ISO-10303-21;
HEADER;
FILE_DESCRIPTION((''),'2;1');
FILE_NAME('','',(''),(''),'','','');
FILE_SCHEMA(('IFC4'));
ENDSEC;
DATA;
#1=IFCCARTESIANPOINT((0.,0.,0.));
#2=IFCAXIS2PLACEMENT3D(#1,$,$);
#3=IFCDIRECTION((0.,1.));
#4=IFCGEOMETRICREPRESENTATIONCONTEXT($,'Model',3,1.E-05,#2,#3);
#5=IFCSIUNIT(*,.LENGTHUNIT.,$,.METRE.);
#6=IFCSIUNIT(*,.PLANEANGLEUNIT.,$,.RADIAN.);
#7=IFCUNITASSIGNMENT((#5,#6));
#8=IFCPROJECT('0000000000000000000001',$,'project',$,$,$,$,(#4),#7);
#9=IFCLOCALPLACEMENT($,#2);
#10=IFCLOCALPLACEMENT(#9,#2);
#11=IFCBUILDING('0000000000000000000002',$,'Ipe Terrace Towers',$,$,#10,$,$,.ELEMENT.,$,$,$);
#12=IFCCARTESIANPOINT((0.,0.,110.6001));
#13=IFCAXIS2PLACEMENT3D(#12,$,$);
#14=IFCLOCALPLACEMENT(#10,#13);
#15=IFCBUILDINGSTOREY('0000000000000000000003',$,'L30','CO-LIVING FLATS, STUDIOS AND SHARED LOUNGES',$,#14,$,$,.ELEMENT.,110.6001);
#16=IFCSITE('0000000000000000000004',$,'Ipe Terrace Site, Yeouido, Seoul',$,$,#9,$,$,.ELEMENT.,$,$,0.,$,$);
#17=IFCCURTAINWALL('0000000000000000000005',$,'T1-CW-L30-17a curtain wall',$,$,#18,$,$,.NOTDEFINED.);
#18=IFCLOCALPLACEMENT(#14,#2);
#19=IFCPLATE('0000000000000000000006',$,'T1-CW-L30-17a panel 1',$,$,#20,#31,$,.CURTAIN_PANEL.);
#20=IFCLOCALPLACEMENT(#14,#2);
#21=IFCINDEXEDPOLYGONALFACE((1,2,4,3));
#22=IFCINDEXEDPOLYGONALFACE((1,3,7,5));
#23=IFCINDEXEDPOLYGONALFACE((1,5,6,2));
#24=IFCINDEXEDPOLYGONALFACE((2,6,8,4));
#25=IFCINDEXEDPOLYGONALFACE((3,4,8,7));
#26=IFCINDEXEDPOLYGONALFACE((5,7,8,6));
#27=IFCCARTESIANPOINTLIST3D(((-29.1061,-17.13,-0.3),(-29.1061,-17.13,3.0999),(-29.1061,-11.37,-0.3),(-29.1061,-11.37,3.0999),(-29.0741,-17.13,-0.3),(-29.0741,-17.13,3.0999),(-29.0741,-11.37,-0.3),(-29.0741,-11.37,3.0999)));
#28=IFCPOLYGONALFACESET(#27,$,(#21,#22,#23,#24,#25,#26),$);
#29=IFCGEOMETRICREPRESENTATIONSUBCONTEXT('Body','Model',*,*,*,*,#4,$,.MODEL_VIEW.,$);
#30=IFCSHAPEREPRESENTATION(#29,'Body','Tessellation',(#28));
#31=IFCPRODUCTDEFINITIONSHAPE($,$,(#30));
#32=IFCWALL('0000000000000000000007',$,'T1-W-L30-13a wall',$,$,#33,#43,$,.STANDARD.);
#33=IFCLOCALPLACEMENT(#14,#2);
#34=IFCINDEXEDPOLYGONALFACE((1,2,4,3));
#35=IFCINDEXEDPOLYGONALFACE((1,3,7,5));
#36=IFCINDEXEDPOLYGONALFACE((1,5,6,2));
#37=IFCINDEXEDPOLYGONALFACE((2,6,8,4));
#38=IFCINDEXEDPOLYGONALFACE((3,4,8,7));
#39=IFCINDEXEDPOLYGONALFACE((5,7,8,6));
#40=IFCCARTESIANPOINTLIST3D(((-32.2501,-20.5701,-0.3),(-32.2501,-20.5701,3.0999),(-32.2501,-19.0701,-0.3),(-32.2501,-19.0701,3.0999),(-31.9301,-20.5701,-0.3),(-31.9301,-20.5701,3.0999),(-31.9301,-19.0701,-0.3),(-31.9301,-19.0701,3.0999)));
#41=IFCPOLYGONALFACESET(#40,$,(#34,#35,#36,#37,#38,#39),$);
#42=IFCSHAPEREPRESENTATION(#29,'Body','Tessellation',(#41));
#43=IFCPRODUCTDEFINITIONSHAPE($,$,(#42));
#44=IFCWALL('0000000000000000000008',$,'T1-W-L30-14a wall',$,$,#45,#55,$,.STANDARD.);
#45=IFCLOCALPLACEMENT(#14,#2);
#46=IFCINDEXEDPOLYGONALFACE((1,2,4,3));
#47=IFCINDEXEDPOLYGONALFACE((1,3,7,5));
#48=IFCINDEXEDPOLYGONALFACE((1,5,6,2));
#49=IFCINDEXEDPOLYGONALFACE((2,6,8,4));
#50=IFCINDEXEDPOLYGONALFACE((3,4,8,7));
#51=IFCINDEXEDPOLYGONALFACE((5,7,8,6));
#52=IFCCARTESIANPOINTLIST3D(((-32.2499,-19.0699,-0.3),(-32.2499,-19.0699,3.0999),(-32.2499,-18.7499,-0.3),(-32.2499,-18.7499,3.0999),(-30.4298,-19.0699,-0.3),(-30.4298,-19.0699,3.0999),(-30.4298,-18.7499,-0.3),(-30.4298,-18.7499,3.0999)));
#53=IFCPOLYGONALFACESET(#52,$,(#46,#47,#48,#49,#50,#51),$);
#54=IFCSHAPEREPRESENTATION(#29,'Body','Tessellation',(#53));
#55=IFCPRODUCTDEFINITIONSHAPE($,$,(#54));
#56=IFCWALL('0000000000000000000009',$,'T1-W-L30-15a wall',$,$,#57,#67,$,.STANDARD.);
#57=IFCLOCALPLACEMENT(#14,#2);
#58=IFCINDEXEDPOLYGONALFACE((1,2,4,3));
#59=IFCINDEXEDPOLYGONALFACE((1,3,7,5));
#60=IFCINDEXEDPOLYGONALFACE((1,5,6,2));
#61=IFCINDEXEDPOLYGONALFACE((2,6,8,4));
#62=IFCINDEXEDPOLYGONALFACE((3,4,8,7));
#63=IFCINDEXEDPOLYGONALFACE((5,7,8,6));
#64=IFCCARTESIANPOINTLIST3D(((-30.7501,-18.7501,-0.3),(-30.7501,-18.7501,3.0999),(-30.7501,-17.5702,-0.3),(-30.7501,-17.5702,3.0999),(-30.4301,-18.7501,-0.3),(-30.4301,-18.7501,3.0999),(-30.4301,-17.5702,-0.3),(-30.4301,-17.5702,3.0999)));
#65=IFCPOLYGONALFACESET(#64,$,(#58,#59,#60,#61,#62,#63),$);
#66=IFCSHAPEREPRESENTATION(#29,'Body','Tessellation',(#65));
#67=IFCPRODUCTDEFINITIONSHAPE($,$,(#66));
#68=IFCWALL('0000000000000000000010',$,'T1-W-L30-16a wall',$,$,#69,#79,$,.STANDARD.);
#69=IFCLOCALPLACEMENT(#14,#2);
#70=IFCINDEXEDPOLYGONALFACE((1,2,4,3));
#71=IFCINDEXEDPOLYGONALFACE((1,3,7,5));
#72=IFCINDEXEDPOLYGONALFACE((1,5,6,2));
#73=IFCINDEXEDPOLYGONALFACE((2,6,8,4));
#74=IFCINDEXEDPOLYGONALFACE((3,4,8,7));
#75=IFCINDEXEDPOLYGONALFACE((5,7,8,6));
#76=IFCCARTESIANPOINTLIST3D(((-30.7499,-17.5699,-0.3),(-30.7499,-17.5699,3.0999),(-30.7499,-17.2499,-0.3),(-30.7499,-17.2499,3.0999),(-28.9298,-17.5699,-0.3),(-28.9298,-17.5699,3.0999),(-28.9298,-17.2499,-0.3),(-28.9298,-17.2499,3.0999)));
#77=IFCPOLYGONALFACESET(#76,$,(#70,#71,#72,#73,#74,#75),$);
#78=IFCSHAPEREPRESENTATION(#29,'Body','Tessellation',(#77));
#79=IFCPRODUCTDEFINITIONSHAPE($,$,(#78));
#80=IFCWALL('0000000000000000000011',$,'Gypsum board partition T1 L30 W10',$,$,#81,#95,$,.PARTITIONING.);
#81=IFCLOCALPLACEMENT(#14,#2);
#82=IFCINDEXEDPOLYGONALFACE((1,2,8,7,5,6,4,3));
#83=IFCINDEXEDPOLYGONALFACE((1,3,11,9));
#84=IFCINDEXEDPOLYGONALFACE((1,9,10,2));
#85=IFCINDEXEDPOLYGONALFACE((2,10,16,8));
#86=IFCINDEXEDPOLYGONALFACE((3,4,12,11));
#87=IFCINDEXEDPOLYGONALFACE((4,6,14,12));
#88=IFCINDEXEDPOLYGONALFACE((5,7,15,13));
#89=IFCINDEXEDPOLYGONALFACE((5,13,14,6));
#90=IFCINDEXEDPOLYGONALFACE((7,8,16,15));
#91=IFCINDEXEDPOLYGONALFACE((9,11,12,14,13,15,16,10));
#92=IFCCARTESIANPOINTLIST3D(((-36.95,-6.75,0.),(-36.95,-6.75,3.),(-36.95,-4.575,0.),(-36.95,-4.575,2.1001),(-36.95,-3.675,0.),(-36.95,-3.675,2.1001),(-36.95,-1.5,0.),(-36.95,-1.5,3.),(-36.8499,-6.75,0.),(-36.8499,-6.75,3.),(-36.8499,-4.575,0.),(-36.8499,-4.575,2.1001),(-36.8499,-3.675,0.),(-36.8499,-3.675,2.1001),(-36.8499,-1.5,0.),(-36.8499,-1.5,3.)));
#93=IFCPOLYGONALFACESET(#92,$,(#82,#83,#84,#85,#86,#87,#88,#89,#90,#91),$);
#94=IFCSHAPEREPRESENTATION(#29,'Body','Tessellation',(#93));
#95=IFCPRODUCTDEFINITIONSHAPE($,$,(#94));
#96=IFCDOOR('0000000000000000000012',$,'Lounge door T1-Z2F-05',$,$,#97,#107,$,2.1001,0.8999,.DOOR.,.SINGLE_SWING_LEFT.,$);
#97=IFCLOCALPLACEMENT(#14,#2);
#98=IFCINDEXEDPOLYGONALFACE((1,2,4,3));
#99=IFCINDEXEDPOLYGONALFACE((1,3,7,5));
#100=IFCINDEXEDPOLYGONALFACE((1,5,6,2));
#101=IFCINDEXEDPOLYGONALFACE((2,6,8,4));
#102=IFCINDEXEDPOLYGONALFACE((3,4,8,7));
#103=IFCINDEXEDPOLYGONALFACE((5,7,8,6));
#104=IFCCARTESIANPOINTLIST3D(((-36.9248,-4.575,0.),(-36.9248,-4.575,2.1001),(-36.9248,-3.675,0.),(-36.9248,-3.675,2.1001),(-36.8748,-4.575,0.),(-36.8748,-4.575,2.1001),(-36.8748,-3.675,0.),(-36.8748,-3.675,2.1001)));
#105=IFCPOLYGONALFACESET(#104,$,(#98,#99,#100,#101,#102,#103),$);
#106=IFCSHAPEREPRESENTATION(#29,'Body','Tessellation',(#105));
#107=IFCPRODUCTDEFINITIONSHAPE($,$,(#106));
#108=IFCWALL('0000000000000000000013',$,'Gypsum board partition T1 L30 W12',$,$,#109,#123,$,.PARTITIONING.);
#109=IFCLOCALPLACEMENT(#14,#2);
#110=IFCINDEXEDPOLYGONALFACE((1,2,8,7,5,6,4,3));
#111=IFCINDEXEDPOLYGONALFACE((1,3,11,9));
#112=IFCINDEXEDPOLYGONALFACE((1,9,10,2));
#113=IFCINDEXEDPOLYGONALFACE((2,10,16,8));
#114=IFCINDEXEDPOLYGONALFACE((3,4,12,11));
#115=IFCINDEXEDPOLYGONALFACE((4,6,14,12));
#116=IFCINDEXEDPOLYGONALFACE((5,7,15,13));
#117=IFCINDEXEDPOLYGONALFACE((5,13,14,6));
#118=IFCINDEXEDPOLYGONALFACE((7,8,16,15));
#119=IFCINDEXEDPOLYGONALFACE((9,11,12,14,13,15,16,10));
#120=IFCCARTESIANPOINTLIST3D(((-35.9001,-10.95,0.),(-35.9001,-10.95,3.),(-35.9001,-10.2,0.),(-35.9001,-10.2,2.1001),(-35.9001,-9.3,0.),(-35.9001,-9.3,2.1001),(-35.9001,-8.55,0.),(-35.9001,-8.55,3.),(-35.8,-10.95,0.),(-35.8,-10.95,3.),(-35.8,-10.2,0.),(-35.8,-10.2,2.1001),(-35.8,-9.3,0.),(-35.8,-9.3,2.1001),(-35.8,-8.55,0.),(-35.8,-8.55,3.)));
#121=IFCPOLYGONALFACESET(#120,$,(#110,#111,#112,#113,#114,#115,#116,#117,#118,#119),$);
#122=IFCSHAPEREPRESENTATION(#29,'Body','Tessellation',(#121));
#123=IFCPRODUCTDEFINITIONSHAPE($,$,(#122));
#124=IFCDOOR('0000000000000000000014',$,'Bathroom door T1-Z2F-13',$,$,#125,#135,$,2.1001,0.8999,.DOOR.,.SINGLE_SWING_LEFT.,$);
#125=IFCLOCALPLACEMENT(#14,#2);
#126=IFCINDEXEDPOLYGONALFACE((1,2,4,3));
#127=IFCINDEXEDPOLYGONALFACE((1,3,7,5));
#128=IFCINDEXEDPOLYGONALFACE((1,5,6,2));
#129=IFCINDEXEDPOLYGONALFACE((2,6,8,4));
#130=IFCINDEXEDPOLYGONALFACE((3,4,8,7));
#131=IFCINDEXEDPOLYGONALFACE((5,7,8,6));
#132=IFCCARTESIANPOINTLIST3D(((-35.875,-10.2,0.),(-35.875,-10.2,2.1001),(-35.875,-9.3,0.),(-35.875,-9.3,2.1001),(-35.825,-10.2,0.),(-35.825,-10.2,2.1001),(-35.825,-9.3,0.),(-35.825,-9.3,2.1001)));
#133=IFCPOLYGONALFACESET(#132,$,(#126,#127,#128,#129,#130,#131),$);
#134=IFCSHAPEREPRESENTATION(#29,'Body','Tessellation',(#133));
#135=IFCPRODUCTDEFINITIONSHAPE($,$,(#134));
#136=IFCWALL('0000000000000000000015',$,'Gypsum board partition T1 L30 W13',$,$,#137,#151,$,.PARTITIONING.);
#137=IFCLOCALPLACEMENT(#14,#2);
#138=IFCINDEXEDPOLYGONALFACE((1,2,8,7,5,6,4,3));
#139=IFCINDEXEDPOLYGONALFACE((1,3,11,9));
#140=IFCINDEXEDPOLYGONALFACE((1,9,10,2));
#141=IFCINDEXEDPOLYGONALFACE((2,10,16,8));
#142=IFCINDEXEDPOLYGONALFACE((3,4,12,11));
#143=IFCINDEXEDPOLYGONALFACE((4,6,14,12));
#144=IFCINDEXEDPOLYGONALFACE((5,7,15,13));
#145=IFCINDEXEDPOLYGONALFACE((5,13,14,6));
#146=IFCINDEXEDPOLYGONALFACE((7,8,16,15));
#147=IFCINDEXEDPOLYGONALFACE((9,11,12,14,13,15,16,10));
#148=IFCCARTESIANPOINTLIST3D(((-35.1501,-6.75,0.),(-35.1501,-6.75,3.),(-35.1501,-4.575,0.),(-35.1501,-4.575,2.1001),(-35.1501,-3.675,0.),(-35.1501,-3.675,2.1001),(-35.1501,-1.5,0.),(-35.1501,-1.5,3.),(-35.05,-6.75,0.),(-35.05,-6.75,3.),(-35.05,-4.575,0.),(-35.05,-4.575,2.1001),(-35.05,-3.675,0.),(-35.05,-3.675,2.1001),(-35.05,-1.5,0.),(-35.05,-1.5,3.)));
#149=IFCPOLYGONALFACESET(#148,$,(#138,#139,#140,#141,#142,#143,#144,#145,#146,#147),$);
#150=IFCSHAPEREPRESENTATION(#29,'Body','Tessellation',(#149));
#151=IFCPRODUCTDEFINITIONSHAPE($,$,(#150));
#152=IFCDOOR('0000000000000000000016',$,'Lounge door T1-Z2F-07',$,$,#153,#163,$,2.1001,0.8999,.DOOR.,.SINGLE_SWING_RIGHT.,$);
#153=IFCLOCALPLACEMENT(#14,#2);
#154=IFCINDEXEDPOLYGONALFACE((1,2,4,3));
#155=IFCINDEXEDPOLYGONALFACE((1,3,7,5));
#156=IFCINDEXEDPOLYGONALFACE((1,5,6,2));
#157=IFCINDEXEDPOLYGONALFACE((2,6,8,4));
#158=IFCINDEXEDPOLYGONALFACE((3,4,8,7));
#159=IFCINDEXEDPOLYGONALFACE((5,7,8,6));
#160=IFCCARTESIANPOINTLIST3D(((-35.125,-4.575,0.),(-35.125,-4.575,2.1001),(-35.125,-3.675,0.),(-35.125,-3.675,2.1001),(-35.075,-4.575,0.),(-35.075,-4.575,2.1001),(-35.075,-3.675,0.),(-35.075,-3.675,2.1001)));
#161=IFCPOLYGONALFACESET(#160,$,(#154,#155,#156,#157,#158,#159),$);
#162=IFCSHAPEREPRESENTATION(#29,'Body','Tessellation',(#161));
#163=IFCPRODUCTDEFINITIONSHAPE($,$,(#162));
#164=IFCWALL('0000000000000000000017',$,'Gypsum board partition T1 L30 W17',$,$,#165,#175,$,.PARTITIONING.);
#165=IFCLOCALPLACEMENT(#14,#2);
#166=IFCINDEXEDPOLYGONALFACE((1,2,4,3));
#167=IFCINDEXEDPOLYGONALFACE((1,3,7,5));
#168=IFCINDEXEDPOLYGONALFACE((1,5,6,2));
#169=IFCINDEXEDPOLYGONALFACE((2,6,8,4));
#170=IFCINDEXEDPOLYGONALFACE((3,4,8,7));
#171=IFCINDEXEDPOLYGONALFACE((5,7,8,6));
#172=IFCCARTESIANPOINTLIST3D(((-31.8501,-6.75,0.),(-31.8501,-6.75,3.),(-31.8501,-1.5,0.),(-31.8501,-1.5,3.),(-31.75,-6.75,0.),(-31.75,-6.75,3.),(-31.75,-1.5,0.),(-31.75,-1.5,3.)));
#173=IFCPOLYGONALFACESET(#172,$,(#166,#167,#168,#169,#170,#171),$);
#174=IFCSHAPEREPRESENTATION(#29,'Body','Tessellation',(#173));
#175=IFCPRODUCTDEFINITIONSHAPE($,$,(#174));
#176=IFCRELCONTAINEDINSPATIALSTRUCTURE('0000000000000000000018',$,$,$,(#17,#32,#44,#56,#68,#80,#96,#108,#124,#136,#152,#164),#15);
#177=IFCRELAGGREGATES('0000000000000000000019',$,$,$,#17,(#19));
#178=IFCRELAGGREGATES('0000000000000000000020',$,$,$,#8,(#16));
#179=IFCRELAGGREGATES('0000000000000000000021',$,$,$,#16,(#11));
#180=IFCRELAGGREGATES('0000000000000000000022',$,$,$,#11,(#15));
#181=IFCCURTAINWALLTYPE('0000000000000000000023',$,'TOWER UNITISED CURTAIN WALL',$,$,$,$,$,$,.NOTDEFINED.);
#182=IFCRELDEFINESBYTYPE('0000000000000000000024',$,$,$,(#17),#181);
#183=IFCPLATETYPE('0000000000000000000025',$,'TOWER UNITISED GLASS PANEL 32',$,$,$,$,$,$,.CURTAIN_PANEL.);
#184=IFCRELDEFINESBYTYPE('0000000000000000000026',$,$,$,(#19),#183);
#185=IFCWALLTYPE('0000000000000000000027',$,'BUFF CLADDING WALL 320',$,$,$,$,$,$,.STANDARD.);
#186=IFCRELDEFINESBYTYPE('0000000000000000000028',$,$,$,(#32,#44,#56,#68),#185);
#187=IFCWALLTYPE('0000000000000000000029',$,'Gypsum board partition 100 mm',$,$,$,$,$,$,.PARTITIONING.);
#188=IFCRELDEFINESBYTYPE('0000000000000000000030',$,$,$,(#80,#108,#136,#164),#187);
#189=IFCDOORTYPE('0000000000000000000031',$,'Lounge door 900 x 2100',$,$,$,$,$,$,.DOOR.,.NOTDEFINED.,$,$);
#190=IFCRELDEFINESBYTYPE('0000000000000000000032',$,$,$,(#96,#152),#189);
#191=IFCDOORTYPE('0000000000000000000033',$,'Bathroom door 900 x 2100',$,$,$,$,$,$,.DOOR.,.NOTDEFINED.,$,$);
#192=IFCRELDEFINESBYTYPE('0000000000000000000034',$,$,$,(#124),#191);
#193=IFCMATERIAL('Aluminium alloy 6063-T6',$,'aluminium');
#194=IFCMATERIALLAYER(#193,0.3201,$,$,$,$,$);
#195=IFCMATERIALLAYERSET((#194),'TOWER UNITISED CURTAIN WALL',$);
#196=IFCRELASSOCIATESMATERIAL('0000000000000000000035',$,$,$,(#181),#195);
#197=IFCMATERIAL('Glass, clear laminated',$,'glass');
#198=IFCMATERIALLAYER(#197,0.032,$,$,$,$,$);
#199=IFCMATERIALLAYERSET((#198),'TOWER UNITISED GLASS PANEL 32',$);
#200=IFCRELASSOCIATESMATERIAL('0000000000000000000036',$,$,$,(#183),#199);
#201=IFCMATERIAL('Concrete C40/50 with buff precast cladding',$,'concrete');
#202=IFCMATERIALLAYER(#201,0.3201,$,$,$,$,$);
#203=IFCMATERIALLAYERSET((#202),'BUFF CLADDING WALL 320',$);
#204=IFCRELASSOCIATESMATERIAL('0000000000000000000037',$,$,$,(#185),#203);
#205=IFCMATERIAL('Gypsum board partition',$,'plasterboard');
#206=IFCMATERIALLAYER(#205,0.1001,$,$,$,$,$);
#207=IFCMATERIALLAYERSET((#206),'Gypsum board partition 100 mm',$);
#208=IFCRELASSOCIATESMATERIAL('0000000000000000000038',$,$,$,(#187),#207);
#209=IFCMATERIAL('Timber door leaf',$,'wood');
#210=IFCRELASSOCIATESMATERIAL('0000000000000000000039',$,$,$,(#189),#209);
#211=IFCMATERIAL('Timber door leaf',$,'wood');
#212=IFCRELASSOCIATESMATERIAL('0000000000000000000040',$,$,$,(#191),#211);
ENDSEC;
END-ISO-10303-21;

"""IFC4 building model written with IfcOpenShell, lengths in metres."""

from ifc_helpers import new_model, si_unit, direction, frame, frame_2d, origin, origin_2d, place, context, subcontext, project, spatial, rectangle, extrude, material, layer, layer_set, type_object, element, fill, aggregate, save


model = new_model("IFC4")

# Units and contexts
model_context = context("Model", 3, precision=1e-05, world=origin(), true_north=direction((0.0, 1.0)))
body_context = subcontext(model_context, "Body", "Model", "MODEL_VIEW")
ifc_project = project(units=[si_unit("LENGTHUNIT", "METRE"), si_unit("PLANEANGLEUNIT", "RADIAN")], contexts=[model_context])

# Site, building, storey
site_placement = place(None, origin())
site = spatial("IfcSite", under=ifc_project, at=site_placement, Name="Ipe Terrace Site, Yeouido, Seoul", CompositionType="ELEMENT", RefElevation=0.0)
building_placement = place(site_placement, origin())
building = spatial("IfcBuilding", under=site, at=building_placement, Name="Ipe Terrace Towers", CompositionType="ELEMENT")
storey_placement = place(building_placement, frame((0.0, 0.0, 110.6001)))
storey = spatial("IfcBuildingStorey", under=building, at=storey_placement, Name="L30", Description="CO-LIVING FLATS, STUDIOS AND SHARED LOUNGES", CompositionType="ELEMENT", Elevation=110.6001)

# Shared definitions
ifc_material_1 = material(Name="Aluminium alloy 6063-T6", Category="aluminium")
ifc_layer_1 = layer(ifc_material_1, 0.3201)
ifc_layer_set_1 = layer_set([ifc_layer_1], Name="TOWER UNITISED CURTAIN WALL")
curtain_wall_type = type_object("IfcCurtainWallType", Name="TOWER UNITISED CURTAIN WALL", PredefinedType="NOTDEFINED", material=ifc_layer_set_1)

# Curtain wall
curtain_wall_1_placement = place(storey_placement, origin())
curtain_wall_1 = element("IfcCurtainWall", 1, at=curtain_wall_1_placement, inside=storey, type_object=curtain_wall_type, Name="T1-CW-L30-17a curtain wall", PredefinedType="NOTDEFINED")

# Plate
ifc_material_2 = material(Name="Glass, clear laminated", Category="glass")
ifc_layer_2 = layer(ifc_material_2, 0.032)
ifc_layer_set_2 = layer_set([ifc_layer_2], Name="TOWER UNITISED GLASS PANEL 32")
plate_type = type_object("IfcPlateType", Name="TOWER UNITISED GLASS PANEL 32", PredefinedType="CURTAIN_PANEL", material=ifc_layer_set_2)
plate_1_placement = place(storey_placement, frame((-29.0901, -14.25, -0.3), z_axis=(0.0, 0.0, 1.0), x_axis=(0.0, 1.0, 0.0)))
plate_1 = element("IfcPlate", 2, at=plate_1_placement, type_object=plate_type, Name="T1-CW-L30-17a panel 1", PredefinedType="CURTAIN_PANEL", context=body_context, shape_type="SweptSolid", body=[
    extrude(rectangle(XDim=5.76, YDim=0.032, at=origin_2d()), origin(), (0.0, 0.0, 1.0), 3.3999),
])
aggregate(curtain_wall_1, [plate_1])

# Walls
ifc_material_3 = material(Name="Concrete C40/50 with buff precast cladding", Category="concrete")
ifc_layer_3 = layer(ifc_material_3, 0.3201)
ifc_layer_set_3 = layer_set([ifc_layer_3], Name="BUFF CLADDING WALL 320")
wall_type_1 = type_object("IfcWallType", Name="BUFF CLADDING WALL 320", PredefinedType="STANDARD", material=ifc_layer_set_3)
wall_1_placement = place(storey_placement, frame((-32.0901, -20.5701, -0.3), z_axis=(0.0, 0.0, 1.0), x_axis=(0.0, 1.0, 0.0)))
element("IfcWall", 3, at=wall_1_placement, inside=storey, type_object=wall_type_1, Name="T1-W-L30-13a wall", PredefinedType="STANDARD", context=body_context, shape_type="SweptSolid", body=[
    extrude(rectangle(XDim=1.5, YDim=0.3201, at=frame_2d((0.75, 0.0))), origin(), (0.0, 0.0, 1.0), 3.3999),
])
wall_2_placement = place(storey_placement, frame((-32.25, -18.9099, -0.3), z_axis=(0.0, 0.0, 1.0), x_axis=(1.0, 0.0, 0.0)))
element("IfcWall", 4, at=wall_2_placement, inside=storey, type_object=wall_type_1, Name="T1-W-L30-14a wall", PredefinedType="STANDARD", context=body_context, shape_type="SweptSolid", body=[
    extrude(rectangle(XDim=1.8201, YDim=0.3201, at=frame_2d((0.9102, 0.0))), origin(), (0.0, 0.0, 1.0), 3.3999),
])
wall_3_placement = place(storey_placement, frame((-30.5901, -18.75, -0.3), z_axis=(0.0, 0.0, 1.0), x_axis=(0.0, 1.0, 0.0)))
element("IfcWall", 5, at=wall_3_placement, inside=storey, type_object=wall_type_1, Name="T1-W-L30-15a wall", PredefinedType="STANDARD", context=body_context, shape_type="SweptSolid", body=[
    extrude(rectangle(XDim=1.1799, YDim=0.3201, at=frame_2d((0.5898, 0.0))), origin(), (0.0, 0.0, 1.0), 3.3999),
])
wall_4_placement = place(storey_placement, frame((-30.75, -17.4099, -0.3), z_axis=(0.0, 0.0, 1.0), x_axis=(1.0, 0.0, 0.0)))
element("IfcWall", 6, at=wall_4_placement, inside=storey, type_object=wall_type_1, Name="T1-W-L30-16a wall", PredefinedType="STANDARD", context=body_context, shape_type="SweptSolid", body=[
    extrude(rectangle(XDim=1.8201, YDim=0.3201, at=frame_2d((0.9102, 0.0))), origin(), (0.0, 0.0, 1.0), 3.3999),
])

# Walls, openings, doors
ifc_material_4 = material(Name="Gypsum board partition", Category="plasterboard")
ifc_layer_4 = layer(ifc_material_4, 0.1001)
ifc_layer_set_4 = layer_set([ifc_layer_4], Name="Gypsum board partition 100 mm")
wall_type_2 = type_object("IfcWallType", Name="Gypsum board partition 100 mm", PredefinedType="PARTITIONING", material=ifc_layer_set_4)
wall_5_placement = place(storey_placement, frame((-36.8999, -6.75, 0.0), z_axis=(0.0, 0.0, 1.0), x_axis=(0.0, 1.0, 0.0)))
wall_5 = element("IfcWall", 7, at=wall_5_placement, inside=storey, type_object=wall_type_2, Name="Gypsum board partition T1 L30 W10", PredefinedType="PARTITIONING", context=body_context, shape_type="SweptSolid", body=[
    extrude(rectangle(XDim=5.25, YDim=0.1001, at=frame_2d((2.625, 0.0))), origin(), (0.0, 0.0, 1.0), 3.0),
])
opening_1_placement = place(wall_5_placement, frame((2.175, 0.0, 0.0)))
opening_1 = element("IfcOpeningElement", 8, at=opening_1_placement, cuts=wall_5, PredefinedType="OPENING", context=body_context, shape_type="SweptSolid", body=[
    extrude(rectangle(XDim=0.8999, YDim=2.1001, at=frame_2d((0.45, 1.05))), frame((0.0, 0.0601, 0.0), z_axis=(0.0, -1.0, 0.0), x_axis=(1.0, 0.0, 0.0)), (0.0, 0.0, 1.0), 0.1201),
])
ifc_material_5 = material(Name="Timber door leaf", Category="wood")
door_type_1 = type_object("IfcDoorType", Name="Lounge door 900 x 2100", OperationType="NOTDEFINED", PredefinedType="DOOR", material=ifc_material_5)
door_1_placement = place(opening_1_placement, origin())
door_1 = element("IfcDoor", 9, at=door_1_placement, inside=storey, type_object=door_type_1, Name="Lounge door T1-Z2F-05", OperationType="SINGLE_SWING_LEFT", OverallHeight=2.1001, OverallWidth=0.8999, PredefinedType="DOOR", context=body_context, shape_type="SweptSolid", body=[
    extrude(rectangle(XDim=0.8999, YDim=2.1001, at=frame_2d((0.45, 1.05))), frame((0.0, 0.0249, 0.0), z_axis=(0.0, -1.0, 0.0), x_axis=(1.0, 0.0, 0.0)), (0.0, 0.0, 1.0), 0.05),
])
fill(opening_1, door_1)
wall_6_placement = place(storey_placement, frame((-35.8501, -10.95, 0.0), z_axis=(0.0, 0.0, 1.0), x_axis=(0.0, 1.0, 0.0)))
wall_6 = element("IfcWall", 10, at=wall_6_placement, inside=storey, type_object=wall_type_2, Name="Gypsum board partition T1 L30 W12", PredefinedType="PARTITIONING", context=body_context, shape_type="SweptSolid", body=[
    extrude(rectangle(XDim=2.3999, YDim=0.1001, at=frame_2d((1.2, 0.0))), origin(), (0.0, 0.0, 1.0), 3.0),
])
opening_2_placement = place(wall_6_placement, frame((0.75, 0.0, 0.0)))
opening_2 = element("IfcOpeningElement", 11, at=opening_2_placement, cuts=wall_6, PredefinedType="OPENING", context=body_context, shape_type="SweptSolid", body=[
    extrude(rectangle(XDim=0.8999, YDim=2.1001, at=frame_2d((0.45, 1.05))), frame((0.0, 0.0601, 0.0), z_axis=(0.0, -1.0, 0.0), x_axis=(1.0, 0.0, 0.0)), (0.0, 0.0, 1.0), 0.1201),
])
ifc_material_6 = material(Name="Timber door leaf", Category="wood")
door_type_2 = type_object("IfcDoorType", Name="Bathroom door 900 x 2100", OperationType="NOTDEFINED", PredefinedType="DOOR", material=ifc_material_6)
door_2_placement = place(opening_2_placement, origin())
door_2 = element("IfcDoor", 12, at=door_2_placement, inside=storey, type_object=door_type_2, Name="Bathroom door T1-Z2F-13", OperationType="SINGLE_SWING_LEFT", OverallHeight=2.1001, OverallWidth=0.8999, PredefinedType="DOOR", context=body_context, shape_type="SweptSolid", body=[
    extrude(rectangle(XDim=0.8999, YDim=2.1001, at=frame_2d((0.45, 1.05))), frame((0.0, 0.0249, 0.0), z_axis=(0.0, -1.0, 0.0), x_axis=(1.0, 0.0, 0.0)), (0.0, 0.0, 1.0), 0.05),
])
fill(opening_2, door_2)
wall_7_placement = place(storey_placement, frame((-35.1001, -6.75, 0.0), z_axis=(0.0, 0.0, 1.0), x_axis=(0.0, 1.0, 0.0)))
wall_7 = element("IfcWall", 13, at=wall_7_placement, inside=storey, type_object=wall_type_2, Name="Gypsum board partition T1 L30 W13", PredefinedType="PARTITIONING", context=body_context, shape_type="SweptSolid", body=[
    extrude(rectangle(XDim=5.25, YDim=0.1001, at=frame_2d((2.625, 0.0))), origin(), (0.0, 0.0, 1.0), 3.0),
])
opening_3_placement = place(wall_7_placement, frame((2.175, 0.0, 0.0)))
opening_3 = element("IfcOpeningElement", 14, at=opening_3_placement, cuts=wall_7, PredefinedType="OPENING", context=body_context, shape_type="SweptSolid", body=[
    extrude(rectangle(XDim=0.8999, YDim=2.1001, at=frame_2d((0.45, 1.05))), frame((0.0, 0.0601, 0.0), z_axis=(0.0, -1.0, 0.0), x_axis=(1.0, 0.0, 0.0)), (0.0, 0.0, 1.0), 0.1201),
])
door_3_placement = place(opening_3_placement, origin())
door_3 = element("IfcDoor", 15, at=door_3_placement, inside=storey, type_object=door_type_1, Name="Lounge door T1-Z2F-07", OperationType="SINGLE_SWING_RIGHT", OverallHeight=2.1001, OverallWidth=0.8999, PredefinedType="DOOR", context=body_context, shape_type="SweptSolid", body=[
    extrude(rectangle(XDim=0.8999, YDim=2.1001, at=frame_2d((0.45, 1.05))), frame((0.0, 0.0249, 0.0), z_axis=(0.0, -1.0, 0.0), x_axis=(1.0, 0.0, 0.0)), (0.0, 0.0, 1.0), 0.05),
])
fill(opening_3, door_3)

# Wall
wall_8_placement = place(storey_placement, frame((-31.8, -6.75, 0.0), z_axis=(0.0, 0.0, 1.0), x_axis=(0.0, 1.0, 0.0)))
element("IfcWall", 16, at=wall_8_placement, inside=storey, type_object=wall_type_2, Name="Gypsum board partition T1 L30 W17", PredefinedType="PARTITIONING", context=body_context, shape_type="SweptSolid", body=[
    extrude(rectangle(XDim=5.25, YDim=0.1001, at=frame_2d((2.625, 0.0))), origin(), (0.0, 0.0, 1.0), 3.0),
])

save(model, "model.ifc")
